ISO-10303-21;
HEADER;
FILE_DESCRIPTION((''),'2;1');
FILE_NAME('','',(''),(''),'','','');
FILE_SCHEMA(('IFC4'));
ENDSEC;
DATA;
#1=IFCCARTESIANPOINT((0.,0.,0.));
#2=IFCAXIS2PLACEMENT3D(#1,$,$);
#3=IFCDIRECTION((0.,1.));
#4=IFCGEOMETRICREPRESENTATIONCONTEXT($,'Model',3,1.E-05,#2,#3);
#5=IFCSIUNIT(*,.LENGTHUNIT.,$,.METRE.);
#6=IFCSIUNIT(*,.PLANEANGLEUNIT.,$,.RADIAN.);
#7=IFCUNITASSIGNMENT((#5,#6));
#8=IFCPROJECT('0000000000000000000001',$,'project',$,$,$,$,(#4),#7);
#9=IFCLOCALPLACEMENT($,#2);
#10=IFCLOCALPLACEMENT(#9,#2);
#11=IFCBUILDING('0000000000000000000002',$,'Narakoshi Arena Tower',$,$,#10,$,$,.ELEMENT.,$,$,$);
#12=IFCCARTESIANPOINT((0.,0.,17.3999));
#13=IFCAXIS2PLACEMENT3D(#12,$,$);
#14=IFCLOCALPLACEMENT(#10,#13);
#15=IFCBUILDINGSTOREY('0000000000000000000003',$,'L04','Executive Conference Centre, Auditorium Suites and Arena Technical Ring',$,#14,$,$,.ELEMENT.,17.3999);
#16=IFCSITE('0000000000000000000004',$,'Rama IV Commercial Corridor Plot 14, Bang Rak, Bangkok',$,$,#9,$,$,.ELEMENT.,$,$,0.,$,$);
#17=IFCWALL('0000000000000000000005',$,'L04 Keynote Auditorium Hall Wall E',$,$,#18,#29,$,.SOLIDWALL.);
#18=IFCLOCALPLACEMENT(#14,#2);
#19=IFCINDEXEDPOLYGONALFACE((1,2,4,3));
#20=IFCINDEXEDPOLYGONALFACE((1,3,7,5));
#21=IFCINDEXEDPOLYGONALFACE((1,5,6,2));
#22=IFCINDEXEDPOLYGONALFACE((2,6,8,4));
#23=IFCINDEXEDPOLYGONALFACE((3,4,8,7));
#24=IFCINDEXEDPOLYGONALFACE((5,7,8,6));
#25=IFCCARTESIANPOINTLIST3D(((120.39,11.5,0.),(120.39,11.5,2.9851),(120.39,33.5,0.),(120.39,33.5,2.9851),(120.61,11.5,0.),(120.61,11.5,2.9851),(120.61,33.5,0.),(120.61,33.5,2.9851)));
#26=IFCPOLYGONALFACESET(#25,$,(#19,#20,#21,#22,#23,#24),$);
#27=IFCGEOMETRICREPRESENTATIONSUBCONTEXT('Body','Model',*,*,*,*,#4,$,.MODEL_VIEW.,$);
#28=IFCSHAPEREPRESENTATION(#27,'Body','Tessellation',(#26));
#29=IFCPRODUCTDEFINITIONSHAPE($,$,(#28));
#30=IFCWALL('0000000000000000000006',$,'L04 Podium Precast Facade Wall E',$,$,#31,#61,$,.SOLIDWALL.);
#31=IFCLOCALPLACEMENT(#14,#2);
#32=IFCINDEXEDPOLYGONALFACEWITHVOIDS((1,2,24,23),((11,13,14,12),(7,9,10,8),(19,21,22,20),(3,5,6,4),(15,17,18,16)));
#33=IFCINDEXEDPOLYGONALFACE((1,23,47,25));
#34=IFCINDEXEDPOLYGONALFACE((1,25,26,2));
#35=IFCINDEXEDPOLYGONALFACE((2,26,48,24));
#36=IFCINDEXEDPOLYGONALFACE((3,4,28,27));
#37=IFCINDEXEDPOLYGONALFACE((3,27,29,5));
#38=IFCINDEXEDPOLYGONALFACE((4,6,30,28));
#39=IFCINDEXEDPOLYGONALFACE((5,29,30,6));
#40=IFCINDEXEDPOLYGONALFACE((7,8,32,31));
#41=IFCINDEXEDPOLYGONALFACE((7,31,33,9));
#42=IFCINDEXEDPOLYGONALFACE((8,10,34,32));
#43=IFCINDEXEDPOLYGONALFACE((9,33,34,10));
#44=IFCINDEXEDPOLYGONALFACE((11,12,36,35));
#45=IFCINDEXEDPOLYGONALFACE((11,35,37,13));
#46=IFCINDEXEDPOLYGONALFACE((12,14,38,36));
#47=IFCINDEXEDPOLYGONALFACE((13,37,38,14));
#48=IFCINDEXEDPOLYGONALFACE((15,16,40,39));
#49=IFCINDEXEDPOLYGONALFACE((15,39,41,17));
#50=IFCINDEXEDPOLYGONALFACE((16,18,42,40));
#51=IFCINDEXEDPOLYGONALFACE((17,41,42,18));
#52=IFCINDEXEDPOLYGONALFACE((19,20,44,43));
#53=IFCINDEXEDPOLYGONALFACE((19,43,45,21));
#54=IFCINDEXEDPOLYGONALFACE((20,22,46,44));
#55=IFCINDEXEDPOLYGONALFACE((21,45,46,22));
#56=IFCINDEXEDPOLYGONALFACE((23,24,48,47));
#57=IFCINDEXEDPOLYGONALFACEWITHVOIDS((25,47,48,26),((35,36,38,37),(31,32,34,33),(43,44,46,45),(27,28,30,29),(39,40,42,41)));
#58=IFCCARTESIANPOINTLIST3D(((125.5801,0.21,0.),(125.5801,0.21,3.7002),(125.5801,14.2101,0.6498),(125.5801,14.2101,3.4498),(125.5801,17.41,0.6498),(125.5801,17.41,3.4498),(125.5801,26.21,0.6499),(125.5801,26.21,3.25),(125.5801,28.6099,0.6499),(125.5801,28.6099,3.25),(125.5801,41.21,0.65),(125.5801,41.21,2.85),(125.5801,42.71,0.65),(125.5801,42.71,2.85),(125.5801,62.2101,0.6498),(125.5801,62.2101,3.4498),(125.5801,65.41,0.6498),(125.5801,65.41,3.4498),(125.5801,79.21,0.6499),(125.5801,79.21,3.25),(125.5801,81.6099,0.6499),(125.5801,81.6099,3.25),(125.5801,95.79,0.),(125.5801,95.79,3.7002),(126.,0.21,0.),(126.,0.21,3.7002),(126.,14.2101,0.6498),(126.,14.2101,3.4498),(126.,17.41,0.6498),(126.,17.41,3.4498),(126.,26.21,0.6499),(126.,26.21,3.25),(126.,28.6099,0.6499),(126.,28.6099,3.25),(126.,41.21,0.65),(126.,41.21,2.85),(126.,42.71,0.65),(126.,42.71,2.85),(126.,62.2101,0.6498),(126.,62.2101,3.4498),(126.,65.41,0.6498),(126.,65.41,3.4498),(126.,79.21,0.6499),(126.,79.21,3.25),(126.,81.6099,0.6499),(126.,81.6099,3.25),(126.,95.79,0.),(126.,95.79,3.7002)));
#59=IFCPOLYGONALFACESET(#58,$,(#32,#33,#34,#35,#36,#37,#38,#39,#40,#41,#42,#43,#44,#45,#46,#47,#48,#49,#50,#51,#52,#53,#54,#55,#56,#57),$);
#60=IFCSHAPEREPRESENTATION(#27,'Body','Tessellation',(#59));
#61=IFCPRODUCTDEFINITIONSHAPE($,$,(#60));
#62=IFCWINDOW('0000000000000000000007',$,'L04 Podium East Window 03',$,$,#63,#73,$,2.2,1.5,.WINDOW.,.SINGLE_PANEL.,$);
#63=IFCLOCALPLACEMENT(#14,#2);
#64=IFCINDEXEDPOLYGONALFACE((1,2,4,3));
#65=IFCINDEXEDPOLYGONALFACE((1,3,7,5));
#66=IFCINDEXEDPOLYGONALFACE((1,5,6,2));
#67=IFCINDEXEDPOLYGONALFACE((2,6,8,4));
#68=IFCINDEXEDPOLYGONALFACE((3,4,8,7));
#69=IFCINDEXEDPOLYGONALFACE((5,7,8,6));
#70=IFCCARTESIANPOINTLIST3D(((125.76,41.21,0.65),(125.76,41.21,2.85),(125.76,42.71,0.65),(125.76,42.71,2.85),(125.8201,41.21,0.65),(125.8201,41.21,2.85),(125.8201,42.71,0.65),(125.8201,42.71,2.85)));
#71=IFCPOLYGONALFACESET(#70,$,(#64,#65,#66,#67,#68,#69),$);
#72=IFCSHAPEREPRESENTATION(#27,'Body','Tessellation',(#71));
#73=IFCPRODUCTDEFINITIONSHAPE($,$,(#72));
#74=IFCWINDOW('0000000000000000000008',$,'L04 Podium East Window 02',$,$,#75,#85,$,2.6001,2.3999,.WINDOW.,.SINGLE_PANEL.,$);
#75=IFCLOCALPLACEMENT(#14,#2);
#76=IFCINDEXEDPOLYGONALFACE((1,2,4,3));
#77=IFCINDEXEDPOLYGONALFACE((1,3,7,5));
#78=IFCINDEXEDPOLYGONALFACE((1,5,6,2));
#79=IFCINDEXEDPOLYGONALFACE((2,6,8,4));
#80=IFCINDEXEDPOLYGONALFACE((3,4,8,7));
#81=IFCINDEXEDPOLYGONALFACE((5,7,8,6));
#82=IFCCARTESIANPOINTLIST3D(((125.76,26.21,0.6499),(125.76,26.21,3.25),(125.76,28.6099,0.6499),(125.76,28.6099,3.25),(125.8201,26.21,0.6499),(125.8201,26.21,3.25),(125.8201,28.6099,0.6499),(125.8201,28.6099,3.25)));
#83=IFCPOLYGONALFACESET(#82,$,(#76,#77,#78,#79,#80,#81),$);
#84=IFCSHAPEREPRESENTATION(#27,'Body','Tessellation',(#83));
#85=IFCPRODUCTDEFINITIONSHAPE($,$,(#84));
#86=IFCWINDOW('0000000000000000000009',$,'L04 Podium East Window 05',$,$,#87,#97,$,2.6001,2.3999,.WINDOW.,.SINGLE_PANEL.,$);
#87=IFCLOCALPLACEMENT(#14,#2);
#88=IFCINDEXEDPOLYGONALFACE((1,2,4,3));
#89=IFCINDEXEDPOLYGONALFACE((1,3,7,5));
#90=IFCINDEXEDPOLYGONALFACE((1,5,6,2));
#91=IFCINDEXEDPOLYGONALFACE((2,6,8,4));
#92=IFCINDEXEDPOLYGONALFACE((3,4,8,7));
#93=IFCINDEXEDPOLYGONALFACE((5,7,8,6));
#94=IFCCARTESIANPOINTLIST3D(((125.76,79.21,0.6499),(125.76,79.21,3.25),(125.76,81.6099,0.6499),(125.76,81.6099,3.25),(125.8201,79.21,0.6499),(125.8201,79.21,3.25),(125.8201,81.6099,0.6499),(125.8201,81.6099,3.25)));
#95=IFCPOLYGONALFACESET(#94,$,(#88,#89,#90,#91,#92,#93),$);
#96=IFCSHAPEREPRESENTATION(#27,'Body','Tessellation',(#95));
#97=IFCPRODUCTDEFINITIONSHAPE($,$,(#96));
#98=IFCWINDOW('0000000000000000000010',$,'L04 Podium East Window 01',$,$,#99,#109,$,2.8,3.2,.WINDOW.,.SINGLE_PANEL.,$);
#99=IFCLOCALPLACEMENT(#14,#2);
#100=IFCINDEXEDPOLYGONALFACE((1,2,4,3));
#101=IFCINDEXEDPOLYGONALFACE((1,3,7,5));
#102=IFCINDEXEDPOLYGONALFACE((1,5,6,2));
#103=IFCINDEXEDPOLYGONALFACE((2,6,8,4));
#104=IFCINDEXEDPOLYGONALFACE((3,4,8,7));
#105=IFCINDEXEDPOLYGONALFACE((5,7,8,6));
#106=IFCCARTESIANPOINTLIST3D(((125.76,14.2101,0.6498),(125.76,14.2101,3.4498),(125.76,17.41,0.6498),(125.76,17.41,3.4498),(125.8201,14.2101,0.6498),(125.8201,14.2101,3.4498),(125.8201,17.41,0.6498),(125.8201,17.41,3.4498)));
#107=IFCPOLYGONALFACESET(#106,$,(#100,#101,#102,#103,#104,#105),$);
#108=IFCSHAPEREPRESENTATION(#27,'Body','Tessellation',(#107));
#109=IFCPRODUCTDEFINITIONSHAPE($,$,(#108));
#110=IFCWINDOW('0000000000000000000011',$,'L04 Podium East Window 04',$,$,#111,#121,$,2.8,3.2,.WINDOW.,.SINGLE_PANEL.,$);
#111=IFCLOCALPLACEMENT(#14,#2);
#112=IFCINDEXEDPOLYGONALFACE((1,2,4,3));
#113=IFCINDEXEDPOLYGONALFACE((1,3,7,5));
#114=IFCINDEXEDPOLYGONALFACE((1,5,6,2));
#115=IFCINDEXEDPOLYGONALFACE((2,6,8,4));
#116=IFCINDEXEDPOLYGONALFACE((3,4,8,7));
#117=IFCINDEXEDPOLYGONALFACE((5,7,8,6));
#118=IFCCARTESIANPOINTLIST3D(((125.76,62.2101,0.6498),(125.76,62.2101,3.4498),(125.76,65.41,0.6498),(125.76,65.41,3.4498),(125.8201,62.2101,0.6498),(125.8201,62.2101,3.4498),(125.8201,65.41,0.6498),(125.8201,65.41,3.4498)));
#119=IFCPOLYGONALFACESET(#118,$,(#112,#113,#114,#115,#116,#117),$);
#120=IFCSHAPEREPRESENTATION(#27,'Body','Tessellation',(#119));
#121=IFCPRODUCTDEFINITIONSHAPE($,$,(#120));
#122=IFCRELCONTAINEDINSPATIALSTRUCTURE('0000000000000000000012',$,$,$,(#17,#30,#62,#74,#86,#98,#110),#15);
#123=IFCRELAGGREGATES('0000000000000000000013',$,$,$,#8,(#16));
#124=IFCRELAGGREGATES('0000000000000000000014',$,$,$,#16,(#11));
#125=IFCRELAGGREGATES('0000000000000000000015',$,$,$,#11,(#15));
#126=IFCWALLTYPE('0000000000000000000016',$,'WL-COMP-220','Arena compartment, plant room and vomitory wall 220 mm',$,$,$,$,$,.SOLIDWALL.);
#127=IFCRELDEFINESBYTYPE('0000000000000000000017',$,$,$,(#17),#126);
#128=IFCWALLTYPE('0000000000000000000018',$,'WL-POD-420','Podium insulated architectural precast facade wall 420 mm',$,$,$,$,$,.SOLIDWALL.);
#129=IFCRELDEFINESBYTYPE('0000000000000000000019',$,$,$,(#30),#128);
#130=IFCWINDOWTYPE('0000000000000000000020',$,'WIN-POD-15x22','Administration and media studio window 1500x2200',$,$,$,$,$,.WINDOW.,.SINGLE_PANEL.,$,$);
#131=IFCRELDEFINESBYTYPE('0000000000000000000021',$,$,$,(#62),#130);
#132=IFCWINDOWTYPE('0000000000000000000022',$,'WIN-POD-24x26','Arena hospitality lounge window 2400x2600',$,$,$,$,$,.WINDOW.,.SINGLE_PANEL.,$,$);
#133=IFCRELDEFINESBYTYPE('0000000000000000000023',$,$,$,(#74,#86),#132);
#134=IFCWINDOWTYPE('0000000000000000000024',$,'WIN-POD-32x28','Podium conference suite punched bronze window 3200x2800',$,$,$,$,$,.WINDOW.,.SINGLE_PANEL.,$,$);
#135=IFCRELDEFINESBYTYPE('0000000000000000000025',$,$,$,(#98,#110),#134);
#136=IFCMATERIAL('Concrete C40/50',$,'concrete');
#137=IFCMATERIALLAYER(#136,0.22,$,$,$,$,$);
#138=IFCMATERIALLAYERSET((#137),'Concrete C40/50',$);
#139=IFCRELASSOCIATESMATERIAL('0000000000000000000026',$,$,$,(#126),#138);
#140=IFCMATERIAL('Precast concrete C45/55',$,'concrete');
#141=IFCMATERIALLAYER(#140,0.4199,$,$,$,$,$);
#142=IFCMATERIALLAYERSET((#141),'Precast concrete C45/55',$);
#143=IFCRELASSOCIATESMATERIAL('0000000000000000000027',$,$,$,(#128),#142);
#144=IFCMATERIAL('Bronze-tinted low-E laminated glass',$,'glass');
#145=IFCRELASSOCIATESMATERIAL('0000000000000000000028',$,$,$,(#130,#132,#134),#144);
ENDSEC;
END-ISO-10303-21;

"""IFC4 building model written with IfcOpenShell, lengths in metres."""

from ifc_helpers import new_model, si_unit, direction, frame, frame_2d, origin, place, context, subcontext, project, spatial, rectangle, extrude, material, layer, layer_set, type_object, element, fill, save


model = new_model("IFC4")

# Units and contexts
model_context = context("Model", 3, precision=1e-05, world=origin(), true_north=direction((0.0, 1.0)))
body_context = subcontext(model_context, "Body", "Model", "MODEL_VIEW")
ifc_project = project(units=[si_unit("LENGTHUNIT", "METRE"), si_unit("PLANEANGLEUNIT", "RADIAN")], contexts=[model_context])

# Site, building, storey
site_placement = place(None, origin())
site = spatial("IfcSite", under=ifc_project, at=site_placement, Name="Rama IV Commercial Corridor Plot 14, Bang Rak, Bangkok", CompositionType="ELEMENT", RefElevation=0.0)
building_placement = place(site_placement, origin())
building = spatial("IfcBuilding", under=site, at=building_placement, Name="Narakoshi Arena Tower", CompositionType="ELEMENT")
storey_placement = place(building_placement, frame((0.0, 0.0, 17.3999)))
storey = spatial("IfcBuildingStorey", under=building, at=storey_placement, Name="L04", Description="Executive Conference Centre, Auditorium Suites and Arena Technical Ring", CompositionType="ELEMENT", Elevation=17.3999)

# Wall
ifc_material_1 = material(Name="Concrete C40/50", Category="concrete")
ifc_layer_1 = layer(ifc_material_1, 0.22)
ifc_layer_set_1 = layer_set([ifc_layer_1], Name="Concrete C40/50")
wall_type_1 = type_object("IfcWallType", Name="WL-COMP-220", Description="Arena compartment, plant room and vomitory wall 220 mm", PredefinedType="SOLIDWALL", material=ifc_layer_set_1)
wall_1_placement = place(storey_placement, frame((120.5, 11.5, 0.0), z_axis=(0.0, 0.0, 1.0), x_axis=(0.0, 1.0, 0.0)))
element("IfcWall", 1, at=wall_1_placement, inside=storey, type_object=wall_type_1, Name="L04 Keynote Auditorium Hall Wall E", PredefinedType="SOLIDWALL", context=body_context, shape_type="SweptSolid", body=[
    extrude(rectangle(XDim=22.0, YDim=0.22, at=frame_2d((11.0, 0.0))), origin(), (0.0, 0.0, 1.0), 2.9851),
])

# Wall, openings, windows
ifc_material_2 = material(Name="Precast concrete C45/55", Category="concrete")
ifc_layer_2 = layer(ifc_material_2, 0.4199)
ifc_layer_set_2 = layer_set([ifc_layer_2], Name="Precast concrete C45/55")
wall_type_2 = type_object("IfcWallType", Name="WL-POD-420", Description="Podium insulated architectural precast facade wall 420 mm", PredefinedType="SOLIDWALL", material=ifc_layer_set_2)
wall_2_placement = place(storey_placement, frame((125.79, 0.21, 0.0), z_axis=(0.0, 0.0, 1.0), x_axis=(0.0, 1.0, 0.0)))
wall_2 = element("IfcWall", 2, at=wall_2_placement, inside=storey, type_object=wall_type_2, Name="L04 Podium Precast Facade Wall E", PredefinedType="SOLIDWALL", context=body_context, shape_type="SweptSolid", body=[
    extrude(rectangle(XDim=95.5801, YDim=0.4199, at=frame_2d((47.79, 0.0))), origin(), (0.0, 0.0, 1.0), 3.7002),
])
opening_1_placement = place(wall_2_placement, frame((14.0, 0.0, 0.6499)))
opening_1 = element("IfcOpeningElement", 3, at=opening_1_placement, cuts=wall_2, PredefinedType="OPENING", context=body_context, shape_type="SweptSolid", body=[
    extrude(rectangle(XDim=3.2, YDim=2.8, at=frame_2d((1.6001, 1.3999))), frame((0.0, 0.22, 0.0), z_axis=(0.0, -1.0, 0.0), x_axis=(1.0, 0.0, 0.0)), (0.0, 0.0, 1.0), 0.4399),
])
opening_2_placement = place(wall_2_placement, frame((26.0, 0.0, 0.6499)))
opening_2 = element("IfcOpeningElement", 4, at=opening_2_placement, cuts=wall_2, PredefinedType="OPENING", context=body_context, shape_type="SweptSolid", body=[
    extrude(rectangle(XDim=2.3999, YDim=2.6001, at=frame_2d((1.2, 1.3))), frame((0.0, 0.22, 0.0), z_axis=(0.0, -1.0, 0.0), x_axis=(1.0, 0.0, 0.0)), (0.0, 0.0, 1.0), 0.4399),
])
opening_3_placement = place(wall_2_placement, frame((41.0, 0.0, 0.6499)))
opening_3 = element("IfcOpeningElement", 5, at=opening_3_placement, cuts=wall_2, PredefinedType="OPENING", context=body_context, shape_type="SweptSolid", body=[
    extrude(rectangle(XDim=1.5, YDim=2.2, at=frame_2d((0.75, 1.1001))), frame((0.0, 0.22, 0.0), z_axis=(0.0, -1.0, 0.0), x_axis=(1.0, 0.0, 0.0)), (0.0, 0.0, 1.0), 0.4399),
])
opening_4_placement = place(wall_2_placement, frame((62.0, 0.0, 0.6499)))
opening_4 = element("IfcOpeningElement", 6, at=opening_4_placement, cuts=wall_2, PredefinedType="OPENING", context=body_context, shape_type="SweptSolid", body=[
    extrude(rectangle(XDim=3.2, YDim=2.8, at=frame_2d((1.6001, 1.3999))), frame((0.0, 0.22, 0.0), z_axis=(0.0, -1.0, 0.0), x_axis=(1.0, 0.0, 0.0)), (0.0, 0.0, 1.0), 0.4399),
])
opening_5_placement = place(wall_2_placement, frame((79.0, 0.0, 0.6499)))
opening_5 = element("IfcOpeningElement", 7, at=opening_5_placement, cuts=wall_2, PredefinedType="OPENING", context=body_context, shape_type="SweptSolid", body=[
    extrude(rectangle(XDim=2.3999, YDim=2.6001, at=frame_2d((1.2, 1.3))), frame((0.0, 0.22, 0.0), z_axis=(0.0, -1.0, 0.0), x_axis=(1.0, 0.0, 0.0)), (0.0, 0.0, 1.0), 0.4399),
])
ifc_material_3 = material(Name="Bronze-tinted low-E laminated glass", Category="glass")
window_type_1 = type_object("IfcWindowType", Name="WIN-POD-15x22", Description="Administration and media studio window 1500x2200", PartitioningType="SINGLE_PANEL", PredefinedType="WINDOW", material=ifc_material_3)
window_1_placement = place(opening_3_placement, origin())
window_1 = element("IfcWindow", 8, at=window_1_placement, inside=storey, type_object=window_type_1, Name="L04 Podium East Window 03", OverallHeight=2.2, OverallWidth=1.5, PartitioningType="SINGLE_PANEL", PredefinedType="WINDOW", context=body_context, shape_type="SweptSolid", body=[
    extrude(rectangle(XDim=1.5, YDim=2.2, at=frame_2d((0.75, 1.1001))), frame((0.0, 0.03, 0.0), z_axis=(0.0, -1.0, 0.0), x_axis=(1.0, 0.0, 0.0)), (0.0, 0.0, 1.0), 0.0601),
])
fill(opening_3, window_1)
window_type_2 = type_object("IfcWindowType", Name="WIN-POD-24x26", Description="Arena hospitality lounge window 2400x2600", PartitioningType="SINGLE_PANEL", PredefinedType="WINDOW", material=ifc_material_3)
window_2_placement = place(opening_2_placement, origin())
window_2 = element("IfcWindow", 9, at=window_2_placement, inside=storey, type_object=window_type_2, Name="L04 Podium East Window 02", OverallHeight=2.6001, OverallWidth=2.3999, PartitioningType="SINGLE_PANEL", PredefinedType="WINDOW", context=body_context, shape_type="SweptSolid", body=[
    extrude(rectangle(XDim=2.3999, YDim=2.6001, at=frame_2d((1.2, 1.3))), frame((0.0, 0.03, 0.0), z_axis=(0.0, -1.0, 0.0), x_axis=(1.0, 0.0, 0.0)), (0.0, 0.0, 1.0), 0.0601),
])
fill(opening_2, window_2)
window_3_placement = place(opening_5_placement, origin())
window_3 = element("IfcWindow", 10, at=window_3_placement, inside=storey, type_object=window_type_2, Name="L04 Podium East Window 05", OverallHeight=2.6001, OverallWidth=2.3999, PartitioningType="SINGLE_PANEL", PredefinedType="WINDOW", context=body_context, shape_type="SweptSolid", body=[
    extrude(rectangle(XDim=2.3999, YDim=2.6001, at=frame_2d((1.2, 1.3))), frame((0.0, 0.03, 0.0), z_axis=(0.0, -1.0, 0.0), x_axis=(1.0, 0.0, 0.0)), (0.0, 0.0, 1.0), 0.0601),
])
fill(opening_5, window_3)
window_type_3 = type_object("IfcWindowType", Name="WIN-POD-32x28", Description="Podium conference suite punched bronze window 3200x2800", PartitioningType="SINGLE_PANEL", PredefinedType="WINDOW", material=ifc_material_3)
window_4_placement = place(opening_1_placement, origin())
window_4 = element("IfcWindow", 11, at=window_4_placement, inside=storey, type_object=window_type_3, Name="L04 Podium East Window 01", OverallHeight=2.8, OverallWidth=3.2, PartitioningType="SINGLE_PANEL", PredefinedType="WINDOW", context=body_context, shape_type="SweptSolid", body=[
    extrude(rectangle(XDim=3.2, YDim=2.8, at=frame_2d((1.6001, 1.3999))), frame((0.0, 0.03, 0.0), z_axis=(0.0, -1.0, 0.0), x_axis=(1.0, 0.0, 0.0)), (0.0, 0.0, 1.0), 0.0601),
])
fill(opening_1, window_4)
window_5_placement = place(opening_4_placement, origin())
window_5 = element("IfcWindow", 12, at=window_5_placement, inside=storey, type_object=window_type_3, Name="L04 Podium East Window 04", OverallHeight=2.8, OverallWidth=3.2, PartitioningType="SINGLE_PANEL", PredefinedType="WINDOW", context=body_context, shape_type="SweptSolid", body=[
    extrude(rectangle(XDim=3.2, YDim=2.8, at=frame_2d((1.6001, 1.3999))), frame((0.0, 0.03, 0.0), z_axis=(0.0, -1.0, 0.0), x_axis=(1.0, 0.0, 0.0)), (0.0, 0.0, 1.0), 0.0601),
])
fill(opening_4, window_5)

save(model, "model.ifc")
